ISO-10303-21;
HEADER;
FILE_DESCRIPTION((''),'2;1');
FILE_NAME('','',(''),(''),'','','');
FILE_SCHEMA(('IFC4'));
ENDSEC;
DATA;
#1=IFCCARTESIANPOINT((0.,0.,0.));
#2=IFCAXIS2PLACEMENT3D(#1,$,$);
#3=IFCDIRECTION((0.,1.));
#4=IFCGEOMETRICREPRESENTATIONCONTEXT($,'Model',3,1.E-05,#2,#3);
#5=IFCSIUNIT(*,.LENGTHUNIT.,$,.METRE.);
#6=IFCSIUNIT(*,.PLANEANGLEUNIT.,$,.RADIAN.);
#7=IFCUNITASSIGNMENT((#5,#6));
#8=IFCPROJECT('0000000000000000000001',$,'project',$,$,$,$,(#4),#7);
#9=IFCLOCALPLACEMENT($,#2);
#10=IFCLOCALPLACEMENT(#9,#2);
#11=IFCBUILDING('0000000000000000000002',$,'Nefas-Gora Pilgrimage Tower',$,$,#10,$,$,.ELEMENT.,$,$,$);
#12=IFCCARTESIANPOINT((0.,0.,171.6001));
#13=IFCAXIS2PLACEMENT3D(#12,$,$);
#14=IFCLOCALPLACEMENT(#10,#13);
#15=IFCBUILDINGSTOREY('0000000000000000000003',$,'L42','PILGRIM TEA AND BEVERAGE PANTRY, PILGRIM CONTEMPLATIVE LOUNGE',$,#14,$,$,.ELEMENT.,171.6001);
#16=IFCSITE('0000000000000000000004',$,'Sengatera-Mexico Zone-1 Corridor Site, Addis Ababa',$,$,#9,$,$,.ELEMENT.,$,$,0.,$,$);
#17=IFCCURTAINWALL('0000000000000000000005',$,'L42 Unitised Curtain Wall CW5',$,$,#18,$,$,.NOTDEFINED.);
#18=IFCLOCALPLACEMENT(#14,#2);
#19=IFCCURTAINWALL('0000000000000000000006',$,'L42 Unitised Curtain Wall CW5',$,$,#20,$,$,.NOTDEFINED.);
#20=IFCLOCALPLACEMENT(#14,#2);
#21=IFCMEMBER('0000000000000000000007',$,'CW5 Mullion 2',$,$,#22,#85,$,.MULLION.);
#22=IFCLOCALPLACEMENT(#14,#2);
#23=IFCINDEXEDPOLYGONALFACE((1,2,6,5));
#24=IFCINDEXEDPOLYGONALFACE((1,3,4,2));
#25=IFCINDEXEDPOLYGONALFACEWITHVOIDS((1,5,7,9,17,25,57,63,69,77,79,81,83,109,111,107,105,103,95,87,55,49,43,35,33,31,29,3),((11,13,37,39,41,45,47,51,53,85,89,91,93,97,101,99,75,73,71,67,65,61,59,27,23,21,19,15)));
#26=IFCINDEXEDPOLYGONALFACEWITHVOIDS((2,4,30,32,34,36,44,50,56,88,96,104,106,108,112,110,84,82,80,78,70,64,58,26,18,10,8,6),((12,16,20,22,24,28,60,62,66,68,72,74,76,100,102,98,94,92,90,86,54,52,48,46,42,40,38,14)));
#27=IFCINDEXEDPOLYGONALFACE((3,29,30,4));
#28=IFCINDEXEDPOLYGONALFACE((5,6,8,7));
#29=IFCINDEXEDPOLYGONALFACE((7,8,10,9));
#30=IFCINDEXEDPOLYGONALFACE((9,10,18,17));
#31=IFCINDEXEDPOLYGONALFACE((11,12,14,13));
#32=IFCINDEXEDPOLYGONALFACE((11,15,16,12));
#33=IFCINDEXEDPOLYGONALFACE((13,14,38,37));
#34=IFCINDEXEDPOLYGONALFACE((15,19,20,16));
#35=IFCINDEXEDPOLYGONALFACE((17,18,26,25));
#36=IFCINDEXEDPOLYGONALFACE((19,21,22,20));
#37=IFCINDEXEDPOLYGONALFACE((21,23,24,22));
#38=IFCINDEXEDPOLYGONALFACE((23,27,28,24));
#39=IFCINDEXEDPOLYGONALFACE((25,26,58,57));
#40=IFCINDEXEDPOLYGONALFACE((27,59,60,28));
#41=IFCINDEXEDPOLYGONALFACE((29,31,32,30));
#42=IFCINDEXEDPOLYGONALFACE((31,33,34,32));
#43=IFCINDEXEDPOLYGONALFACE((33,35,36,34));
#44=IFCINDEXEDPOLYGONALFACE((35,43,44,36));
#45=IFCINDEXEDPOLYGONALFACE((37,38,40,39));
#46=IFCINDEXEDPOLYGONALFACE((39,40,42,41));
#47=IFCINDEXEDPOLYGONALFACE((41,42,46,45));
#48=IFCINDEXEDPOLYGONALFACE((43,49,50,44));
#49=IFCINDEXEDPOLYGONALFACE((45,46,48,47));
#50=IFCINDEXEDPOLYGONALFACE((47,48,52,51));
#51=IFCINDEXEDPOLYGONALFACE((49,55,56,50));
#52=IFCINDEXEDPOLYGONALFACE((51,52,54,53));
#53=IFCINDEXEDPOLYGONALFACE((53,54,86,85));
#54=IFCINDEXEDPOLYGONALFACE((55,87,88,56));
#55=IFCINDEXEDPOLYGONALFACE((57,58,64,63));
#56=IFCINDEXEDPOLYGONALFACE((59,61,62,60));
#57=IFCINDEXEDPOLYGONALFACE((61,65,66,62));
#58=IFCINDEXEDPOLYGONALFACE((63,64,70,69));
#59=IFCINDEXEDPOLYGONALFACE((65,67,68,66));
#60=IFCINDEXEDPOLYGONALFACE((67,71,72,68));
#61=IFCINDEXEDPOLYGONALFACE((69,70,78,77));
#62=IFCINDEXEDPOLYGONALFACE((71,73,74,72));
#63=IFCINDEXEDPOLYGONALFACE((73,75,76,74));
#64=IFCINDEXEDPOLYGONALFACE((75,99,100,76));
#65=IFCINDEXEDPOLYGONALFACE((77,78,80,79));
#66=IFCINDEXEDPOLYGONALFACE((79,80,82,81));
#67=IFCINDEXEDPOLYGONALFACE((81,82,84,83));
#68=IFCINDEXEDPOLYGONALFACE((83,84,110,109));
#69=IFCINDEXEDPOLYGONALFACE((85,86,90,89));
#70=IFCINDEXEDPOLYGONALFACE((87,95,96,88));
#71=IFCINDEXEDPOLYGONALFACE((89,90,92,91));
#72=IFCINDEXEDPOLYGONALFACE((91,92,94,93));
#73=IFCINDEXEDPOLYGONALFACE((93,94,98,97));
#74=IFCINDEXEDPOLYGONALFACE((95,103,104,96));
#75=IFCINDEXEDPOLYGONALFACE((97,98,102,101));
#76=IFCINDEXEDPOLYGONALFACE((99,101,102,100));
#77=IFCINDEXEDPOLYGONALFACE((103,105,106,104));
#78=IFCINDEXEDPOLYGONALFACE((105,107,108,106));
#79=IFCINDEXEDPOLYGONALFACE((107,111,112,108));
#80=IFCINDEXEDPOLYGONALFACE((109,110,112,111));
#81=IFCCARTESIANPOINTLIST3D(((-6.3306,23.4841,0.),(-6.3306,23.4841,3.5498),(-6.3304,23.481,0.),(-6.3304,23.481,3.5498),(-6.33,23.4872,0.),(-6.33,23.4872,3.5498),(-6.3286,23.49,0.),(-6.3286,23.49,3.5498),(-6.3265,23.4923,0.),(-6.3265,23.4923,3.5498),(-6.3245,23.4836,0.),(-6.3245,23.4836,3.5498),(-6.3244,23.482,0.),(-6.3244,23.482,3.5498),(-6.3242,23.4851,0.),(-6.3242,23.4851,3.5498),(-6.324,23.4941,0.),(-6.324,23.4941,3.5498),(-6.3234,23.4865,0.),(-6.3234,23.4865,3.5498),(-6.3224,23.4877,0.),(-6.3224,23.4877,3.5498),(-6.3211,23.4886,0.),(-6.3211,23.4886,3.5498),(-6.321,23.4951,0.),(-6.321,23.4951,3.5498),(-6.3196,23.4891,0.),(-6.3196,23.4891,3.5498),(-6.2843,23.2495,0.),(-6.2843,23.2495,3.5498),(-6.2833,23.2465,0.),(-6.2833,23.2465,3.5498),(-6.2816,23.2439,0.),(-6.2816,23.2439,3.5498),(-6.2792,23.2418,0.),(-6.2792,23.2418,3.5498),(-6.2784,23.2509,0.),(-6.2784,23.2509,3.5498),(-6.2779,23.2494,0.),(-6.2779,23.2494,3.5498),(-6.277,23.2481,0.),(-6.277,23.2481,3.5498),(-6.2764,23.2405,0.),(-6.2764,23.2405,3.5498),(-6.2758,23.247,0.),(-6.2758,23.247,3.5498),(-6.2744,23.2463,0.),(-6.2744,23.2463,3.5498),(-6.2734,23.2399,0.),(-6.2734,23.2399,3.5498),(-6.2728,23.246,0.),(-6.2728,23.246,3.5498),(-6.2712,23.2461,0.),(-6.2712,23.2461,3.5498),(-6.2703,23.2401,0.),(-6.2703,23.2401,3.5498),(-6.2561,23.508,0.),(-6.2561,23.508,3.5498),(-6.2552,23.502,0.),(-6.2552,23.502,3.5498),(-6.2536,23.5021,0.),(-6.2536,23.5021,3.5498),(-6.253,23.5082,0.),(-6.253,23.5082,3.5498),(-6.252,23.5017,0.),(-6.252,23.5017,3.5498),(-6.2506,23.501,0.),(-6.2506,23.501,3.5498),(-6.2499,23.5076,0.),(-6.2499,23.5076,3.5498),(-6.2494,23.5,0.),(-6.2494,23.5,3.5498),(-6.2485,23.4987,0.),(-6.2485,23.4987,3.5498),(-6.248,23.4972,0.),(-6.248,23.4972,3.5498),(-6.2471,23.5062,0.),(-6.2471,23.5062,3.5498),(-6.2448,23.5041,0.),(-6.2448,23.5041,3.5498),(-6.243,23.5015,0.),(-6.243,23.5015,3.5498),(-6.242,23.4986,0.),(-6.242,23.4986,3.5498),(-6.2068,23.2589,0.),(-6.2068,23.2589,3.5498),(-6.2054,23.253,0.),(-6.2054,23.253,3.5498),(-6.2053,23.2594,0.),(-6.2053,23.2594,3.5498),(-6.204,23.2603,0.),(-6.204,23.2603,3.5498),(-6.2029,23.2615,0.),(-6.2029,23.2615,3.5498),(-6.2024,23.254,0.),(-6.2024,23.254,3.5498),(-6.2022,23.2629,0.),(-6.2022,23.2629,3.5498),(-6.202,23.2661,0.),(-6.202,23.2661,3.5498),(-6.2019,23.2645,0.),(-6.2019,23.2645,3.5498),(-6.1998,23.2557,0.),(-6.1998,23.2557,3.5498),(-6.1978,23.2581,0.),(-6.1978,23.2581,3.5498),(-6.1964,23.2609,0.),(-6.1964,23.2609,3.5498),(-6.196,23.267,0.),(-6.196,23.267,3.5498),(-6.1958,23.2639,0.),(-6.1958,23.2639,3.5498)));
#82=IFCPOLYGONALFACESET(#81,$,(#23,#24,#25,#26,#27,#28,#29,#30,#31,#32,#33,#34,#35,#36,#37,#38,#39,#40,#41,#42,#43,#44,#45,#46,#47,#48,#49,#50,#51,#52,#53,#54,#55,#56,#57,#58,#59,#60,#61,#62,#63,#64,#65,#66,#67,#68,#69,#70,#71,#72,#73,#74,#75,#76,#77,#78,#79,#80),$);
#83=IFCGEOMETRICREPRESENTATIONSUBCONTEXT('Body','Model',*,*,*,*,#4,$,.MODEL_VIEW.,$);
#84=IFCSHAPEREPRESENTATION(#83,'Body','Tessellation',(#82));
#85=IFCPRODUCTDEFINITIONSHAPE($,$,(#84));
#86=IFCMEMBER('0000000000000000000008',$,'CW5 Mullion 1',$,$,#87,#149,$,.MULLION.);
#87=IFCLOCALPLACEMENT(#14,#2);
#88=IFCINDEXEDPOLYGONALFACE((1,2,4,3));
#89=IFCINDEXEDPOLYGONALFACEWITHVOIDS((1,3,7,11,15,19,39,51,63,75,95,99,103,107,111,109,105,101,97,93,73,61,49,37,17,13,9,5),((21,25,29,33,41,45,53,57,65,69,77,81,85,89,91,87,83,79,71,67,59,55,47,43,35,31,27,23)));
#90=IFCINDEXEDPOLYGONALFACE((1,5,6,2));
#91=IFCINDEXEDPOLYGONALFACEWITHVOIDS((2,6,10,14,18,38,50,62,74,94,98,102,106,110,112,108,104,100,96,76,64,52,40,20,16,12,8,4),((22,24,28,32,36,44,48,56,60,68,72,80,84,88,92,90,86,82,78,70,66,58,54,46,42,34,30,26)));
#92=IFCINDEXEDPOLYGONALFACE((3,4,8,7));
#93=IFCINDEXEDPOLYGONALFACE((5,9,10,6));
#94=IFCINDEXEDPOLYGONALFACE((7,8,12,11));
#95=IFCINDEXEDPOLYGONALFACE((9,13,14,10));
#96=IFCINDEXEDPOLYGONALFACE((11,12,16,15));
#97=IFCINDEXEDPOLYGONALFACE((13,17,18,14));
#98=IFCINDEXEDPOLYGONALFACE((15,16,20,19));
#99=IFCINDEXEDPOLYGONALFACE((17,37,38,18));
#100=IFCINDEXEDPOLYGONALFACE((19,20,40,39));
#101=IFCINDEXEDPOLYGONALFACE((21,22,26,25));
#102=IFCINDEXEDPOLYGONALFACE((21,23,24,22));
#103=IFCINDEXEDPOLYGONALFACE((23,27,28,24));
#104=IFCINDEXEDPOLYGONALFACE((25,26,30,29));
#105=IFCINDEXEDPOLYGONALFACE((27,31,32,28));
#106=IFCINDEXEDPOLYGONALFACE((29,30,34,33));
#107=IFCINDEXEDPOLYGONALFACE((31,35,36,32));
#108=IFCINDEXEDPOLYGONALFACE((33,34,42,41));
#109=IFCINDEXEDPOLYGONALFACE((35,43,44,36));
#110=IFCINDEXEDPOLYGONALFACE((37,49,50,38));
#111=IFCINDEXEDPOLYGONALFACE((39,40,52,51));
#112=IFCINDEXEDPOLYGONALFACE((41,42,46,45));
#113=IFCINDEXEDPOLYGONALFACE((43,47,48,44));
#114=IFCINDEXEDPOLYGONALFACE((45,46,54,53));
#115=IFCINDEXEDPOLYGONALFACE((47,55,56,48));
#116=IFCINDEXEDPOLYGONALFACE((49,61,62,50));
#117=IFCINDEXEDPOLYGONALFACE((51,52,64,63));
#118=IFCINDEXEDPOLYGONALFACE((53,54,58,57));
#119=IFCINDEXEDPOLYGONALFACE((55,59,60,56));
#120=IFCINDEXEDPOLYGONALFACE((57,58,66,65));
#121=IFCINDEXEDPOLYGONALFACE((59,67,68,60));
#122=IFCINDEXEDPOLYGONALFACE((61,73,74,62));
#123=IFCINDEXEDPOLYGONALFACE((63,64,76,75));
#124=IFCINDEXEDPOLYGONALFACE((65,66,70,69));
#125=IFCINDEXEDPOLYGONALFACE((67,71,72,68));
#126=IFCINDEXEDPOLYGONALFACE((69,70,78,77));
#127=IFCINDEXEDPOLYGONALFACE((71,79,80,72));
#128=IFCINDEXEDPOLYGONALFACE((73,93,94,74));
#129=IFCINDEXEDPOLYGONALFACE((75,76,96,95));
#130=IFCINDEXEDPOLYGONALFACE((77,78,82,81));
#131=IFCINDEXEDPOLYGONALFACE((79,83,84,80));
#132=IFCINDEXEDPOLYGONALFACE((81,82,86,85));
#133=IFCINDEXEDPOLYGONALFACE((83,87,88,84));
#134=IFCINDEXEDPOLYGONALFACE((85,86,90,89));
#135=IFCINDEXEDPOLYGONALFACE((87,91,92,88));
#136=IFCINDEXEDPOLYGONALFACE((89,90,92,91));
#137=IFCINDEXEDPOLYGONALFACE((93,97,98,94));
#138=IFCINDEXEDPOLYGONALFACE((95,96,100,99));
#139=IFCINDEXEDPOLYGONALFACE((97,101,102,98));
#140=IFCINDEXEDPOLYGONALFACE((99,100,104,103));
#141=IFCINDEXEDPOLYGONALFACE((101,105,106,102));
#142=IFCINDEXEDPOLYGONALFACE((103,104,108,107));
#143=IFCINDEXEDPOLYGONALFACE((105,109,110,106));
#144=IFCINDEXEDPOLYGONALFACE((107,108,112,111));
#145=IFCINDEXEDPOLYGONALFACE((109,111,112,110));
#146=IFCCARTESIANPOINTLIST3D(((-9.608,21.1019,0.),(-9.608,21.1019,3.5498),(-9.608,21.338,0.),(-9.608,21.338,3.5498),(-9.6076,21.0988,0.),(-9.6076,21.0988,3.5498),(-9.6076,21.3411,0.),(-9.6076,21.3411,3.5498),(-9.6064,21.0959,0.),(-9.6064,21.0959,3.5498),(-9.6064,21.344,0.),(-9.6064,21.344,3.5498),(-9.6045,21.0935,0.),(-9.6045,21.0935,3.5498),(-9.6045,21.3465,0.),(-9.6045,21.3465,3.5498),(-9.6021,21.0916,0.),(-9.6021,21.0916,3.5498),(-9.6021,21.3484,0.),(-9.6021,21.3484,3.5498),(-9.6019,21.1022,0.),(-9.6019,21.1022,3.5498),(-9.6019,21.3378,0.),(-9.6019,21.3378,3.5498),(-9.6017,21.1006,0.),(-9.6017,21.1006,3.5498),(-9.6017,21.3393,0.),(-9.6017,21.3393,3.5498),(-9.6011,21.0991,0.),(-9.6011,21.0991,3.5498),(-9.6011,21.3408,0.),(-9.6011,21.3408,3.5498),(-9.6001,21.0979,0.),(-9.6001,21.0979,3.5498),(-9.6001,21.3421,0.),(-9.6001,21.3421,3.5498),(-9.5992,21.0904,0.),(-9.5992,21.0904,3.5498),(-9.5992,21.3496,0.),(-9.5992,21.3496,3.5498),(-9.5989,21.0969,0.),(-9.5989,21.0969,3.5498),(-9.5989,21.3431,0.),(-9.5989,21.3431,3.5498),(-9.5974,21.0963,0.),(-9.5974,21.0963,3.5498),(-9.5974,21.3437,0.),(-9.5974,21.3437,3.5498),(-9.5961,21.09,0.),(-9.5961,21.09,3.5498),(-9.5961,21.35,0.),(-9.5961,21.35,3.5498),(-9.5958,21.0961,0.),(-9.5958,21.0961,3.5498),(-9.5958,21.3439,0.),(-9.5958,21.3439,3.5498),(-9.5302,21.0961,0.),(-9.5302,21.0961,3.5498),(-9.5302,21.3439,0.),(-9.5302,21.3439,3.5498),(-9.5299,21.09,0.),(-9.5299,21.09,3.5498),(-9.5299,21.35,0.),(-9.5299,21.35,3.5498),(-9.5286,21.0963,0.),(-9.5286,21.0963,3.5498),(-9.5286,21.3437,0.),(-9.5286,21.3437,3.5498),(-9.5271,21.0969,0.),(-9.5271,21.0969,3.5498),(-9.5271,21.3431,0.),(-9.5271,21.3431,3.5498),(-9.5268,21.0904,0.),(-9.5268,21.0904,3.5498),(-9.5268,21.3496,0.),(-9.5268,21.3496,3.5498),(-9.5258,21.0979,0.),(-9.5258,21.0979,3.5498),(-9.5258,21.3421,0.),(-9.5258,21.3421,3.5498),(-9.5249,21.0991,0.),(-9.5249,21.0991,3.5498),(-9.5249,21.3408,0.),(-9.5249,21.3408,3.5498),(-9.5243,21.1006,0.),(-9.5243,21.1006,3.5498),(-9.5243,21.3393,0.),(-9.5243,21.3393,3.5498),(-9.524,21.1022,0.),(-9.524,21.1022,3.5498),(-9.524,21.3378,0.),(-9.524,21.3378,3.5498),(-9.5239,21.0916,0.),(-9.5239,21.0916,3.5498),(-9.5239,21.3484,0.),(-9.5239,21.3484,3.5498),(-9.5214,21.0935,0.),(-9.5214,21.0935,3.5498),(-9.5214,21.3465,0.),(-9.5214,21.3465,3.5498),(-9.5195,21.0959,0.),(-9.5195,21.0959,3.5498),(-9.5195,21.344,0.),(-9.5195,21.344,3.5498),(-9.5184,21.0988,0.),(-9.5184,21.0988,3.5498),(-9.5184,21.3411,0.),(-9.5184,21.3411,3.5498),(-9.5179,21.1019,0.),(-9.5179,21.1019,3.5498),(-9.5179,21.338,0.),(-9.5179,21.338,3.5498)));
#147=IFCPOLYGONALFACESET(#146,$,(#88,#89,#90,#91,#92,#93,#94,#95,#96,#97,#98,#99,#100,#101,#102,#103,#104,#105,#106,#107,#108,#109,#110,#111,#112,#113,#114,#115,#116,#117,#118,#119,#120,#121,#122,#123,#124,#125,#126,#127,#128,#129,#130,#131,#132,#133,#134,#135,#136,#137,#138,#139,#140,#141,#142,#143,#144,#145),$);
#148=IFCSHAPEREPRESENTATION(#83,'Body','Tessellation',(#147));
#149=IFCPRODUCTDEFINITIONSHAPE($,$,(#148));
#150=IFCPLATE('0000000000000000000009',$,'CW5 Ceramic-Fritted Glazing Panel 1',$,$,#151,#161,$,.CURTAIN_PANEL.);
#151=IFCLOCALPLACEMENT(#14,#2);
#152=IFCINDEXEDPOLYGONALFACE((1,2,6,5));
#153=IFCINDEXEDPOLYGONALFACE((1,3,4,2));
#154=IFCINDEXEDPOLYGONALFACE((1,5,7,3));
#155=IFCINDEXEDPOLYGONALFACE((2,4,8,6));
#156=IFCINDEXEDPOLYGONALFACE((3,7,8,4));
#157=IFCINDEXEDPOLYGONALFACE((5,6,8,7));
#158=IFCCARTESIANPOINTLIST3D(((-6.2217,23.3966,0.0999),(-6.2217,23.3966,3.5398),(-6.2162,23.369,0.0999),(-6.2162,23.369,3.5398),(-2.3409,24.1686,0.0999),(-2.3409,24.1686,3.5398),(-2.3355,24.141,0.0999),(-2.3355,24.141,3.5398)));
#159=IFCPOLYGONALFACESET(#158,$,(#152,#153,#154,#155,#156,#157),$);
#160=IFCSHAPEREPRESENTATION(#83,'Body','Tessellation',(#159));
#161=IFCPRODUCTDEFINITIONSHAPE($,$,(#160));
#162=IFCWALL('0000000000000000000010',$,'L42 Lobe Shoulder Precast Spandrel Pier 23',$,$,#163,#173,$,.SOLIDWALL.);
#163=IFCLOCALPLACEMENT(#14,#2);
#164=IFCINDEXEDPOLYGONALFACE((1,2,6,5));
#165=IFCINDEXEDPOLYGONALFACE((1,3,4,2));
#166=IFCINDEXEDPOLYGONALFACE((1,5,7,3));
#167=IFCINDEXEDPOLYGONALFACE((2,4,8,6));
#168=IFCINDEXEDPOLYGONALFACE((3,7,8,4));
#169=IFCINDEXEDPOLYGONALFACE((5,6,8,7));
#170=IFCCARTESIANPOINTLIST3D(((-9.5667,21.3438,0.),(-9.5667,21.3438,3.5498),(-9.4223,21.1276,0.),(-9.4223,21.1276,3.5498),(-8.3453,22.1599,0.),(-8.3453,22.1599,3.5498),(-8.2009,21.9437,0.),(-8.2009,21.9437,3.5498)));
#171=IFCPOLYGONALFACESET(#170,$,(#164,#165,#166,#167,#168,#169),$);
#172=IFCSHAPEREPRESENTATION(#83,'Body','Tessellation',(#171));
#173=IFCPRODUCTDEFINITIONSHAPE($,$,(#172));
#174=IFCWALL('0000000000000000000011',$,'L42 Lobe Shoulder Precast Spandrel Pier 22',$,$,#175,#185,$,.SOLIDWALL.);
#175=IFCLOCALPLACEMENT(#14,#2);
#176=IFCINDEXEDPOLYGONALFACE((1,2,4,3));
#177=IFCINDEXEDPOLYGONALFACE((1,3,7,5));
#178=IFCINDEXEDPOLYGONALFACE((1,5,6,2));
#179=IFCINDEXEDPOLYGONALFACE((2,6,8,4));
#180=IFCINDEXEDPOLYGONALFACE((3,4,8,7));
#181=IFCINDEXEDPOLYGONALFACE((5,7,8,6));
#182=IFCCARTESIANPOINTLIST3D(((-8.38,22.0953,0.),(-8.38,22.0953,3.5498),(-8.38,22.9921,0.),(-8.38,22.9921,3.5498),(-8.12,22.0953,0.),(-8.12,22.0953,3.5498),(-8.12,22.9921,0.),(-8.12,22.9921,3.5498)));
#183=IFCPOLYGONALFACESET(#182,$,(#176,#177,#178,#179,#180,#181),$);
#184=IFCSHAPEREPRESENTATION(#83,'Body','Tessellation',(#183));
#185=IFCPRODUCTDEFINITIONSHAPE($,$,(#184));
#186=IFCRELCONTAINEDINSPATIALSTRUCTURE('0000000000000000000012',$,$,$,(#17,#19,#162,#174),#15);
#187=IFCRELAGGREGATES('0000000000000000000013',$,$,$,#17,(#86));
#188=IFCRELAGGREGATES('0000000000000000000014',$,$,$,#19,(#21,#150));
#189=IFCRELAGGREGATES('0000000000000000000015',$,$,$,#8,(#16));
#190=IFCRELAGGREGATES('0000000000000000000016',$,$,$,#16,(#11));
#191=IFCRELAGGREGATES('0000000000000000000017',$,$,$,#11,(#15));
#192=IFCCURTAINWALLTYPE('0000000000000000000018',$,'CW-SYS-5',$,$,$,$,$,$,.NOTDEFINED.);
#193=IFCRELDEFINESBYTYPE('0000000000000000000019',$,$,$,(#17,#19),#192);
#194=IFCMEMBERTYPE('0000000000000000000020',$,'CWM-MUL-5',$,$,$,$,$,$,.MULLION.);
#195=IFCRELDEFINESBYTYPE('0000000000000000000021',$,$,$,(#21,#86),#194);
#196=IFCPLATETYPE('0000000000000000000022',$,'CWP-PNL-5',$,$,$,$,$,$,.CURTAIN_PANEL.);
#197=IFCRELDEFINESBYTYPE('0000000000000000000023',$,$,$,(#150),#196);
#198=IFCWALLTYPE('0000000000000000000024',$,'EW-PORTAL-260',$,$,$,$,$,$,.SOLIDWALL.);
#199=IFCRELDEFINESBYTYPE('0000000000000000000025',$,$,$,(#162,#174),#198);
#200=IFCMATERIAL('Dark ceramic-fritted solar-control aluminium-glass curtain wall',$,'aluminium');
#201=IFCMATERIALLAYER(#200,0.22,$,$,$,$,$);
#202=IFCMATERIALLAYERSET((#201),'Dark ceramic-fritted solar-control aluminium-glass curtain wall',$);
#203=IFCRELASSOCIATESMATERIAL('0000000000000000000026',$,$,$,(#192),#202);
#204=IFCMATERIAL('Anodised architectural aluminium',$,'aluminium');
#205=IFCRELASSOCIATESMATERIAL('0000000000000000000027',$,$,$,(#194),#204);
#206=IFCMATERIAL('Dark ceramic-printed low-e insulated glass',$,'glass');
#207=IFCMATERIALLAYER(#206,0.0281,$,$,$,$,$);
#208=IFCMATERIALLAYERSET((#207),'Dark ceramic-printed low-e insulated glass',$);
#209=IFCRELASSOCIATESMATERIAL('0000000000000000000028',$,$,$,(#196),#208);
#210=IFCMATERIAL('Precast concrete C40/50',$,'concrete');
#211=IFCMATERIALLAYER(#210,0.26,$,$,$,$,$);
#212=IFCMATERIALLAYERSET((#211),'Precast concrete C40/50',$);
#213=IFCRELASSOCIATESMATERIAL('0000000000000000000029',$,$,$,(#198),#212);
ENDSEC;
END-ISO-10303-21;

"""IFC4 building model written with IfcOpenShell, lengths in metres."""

from ifc_helpers import new_model, si_unit, direction, frame, frame_2d, origin, origin_2d, place, context, subcontext, project, spatial, rectangle, hollow_rectangle, extrude, source, transform, mapped, material, layer, layer_set, material_profile, profile_set, type_object, element, aggregate, save


model = new_model("IFC4")

# Units and contexts
model_context = context("Model", 3, precision=1e-05, world=origin(), true_north=direction((0.0, 1.0)))
body_context = subcontext(model_context, "Body", "Model", "MODEL_VIEW")
ifc_project = project(units=[si_unit("LENGTHUNIT", "METRE"), si_unit("PLANEANGLEUNIT", "RADIAN")], contexts=[model_context])

# Site, building, storey
site_placement = place(None, origin())
site = spatial("IfcSite", under=ifc_project, at=site_placement, Name="Sengatera-Mexico Zone-1 Corridor Site, Addis Ababa", CompositionType="ELEMENT", RefElevation=0.0)
building_placement = place(site_placement, origin())
building = spatial("IfcBuilding", under=site, at=building_placement, Name="Nefas-Gora Pilgrimage Tower", CompositionType="ELEMENT")
storey_placement = place(building_placement, frame((0.0, 0.0, 171.6001)))
storey = spatial("IfcBuildingStorey", under=building, at=storey_placement, Name="L42", Description="PILGRIM TEA AND BEVERAGE PANTRY, PILGRIM CONTEMPLATIVE LOUNGE", CompositionType="ELEMENT", Elevation=171.6001)

# Curtain wall
ifc_material_1 = material(Name="Dark ceramic-fritted solar-control aluminium-glass curtain wall", Category="aluminium")
ifc_layer_1 = layer(ifc_material_1, 0.22)
ifc_layer_set_1 = layer_set([ifc_layer_1], Name="Dark ceramic-fritted solar-control aluminium-glass curtain wall")
curtain_wall_type = type_object("IfcCurtainWallType", Name="CW-SYS-5", PredefinedType="NOTDEFINED", material=ifc_layer_set_1)
curtain_wall_1_placement = place(storey_placement, origin())
curtain_wall_1 = element("IfcCurtainWall", 1, at=curtain_wall_1_placement, inside=storey, type_object=curtain_wall_type, Name="L42 Unitised Curtain Wall CW5", PredefinedType="NOTDEFINED")
ifc_material_2 = material(Name="Anodised architectural aluminium", Category="aluminium")

# Curtain wall, member
curtain_wall_2_placement = place(storey_placement, origin())
curtain_wall_2 = element("IfcCurtainWall", 2, at=curtain_wall_2_placement, inside=storey, type_object=curtain_wall_type, Name="L42 Unitised Curtain Wall CW5", PredefinedType="NOTDEFINED")
ifc_material_profile_1 = material_profile(ifc_material_2, hollow_rectangle(XDim=0.0901, YDim=0.26, WallThickness=0.0061, InnerFilletRadius=0.0061, OuterFilletRadius=0.012, at=origin_2d()), Name="ALU MULLION 90x260")
ifc_profile_set_1 = profile_set([ifc_material_profile_1], Name="Anodised architectural aluminium")
member_type_1 = type_object("IfcMemberType", Name="CWM-MUL-5", PredefinedType="MULLION", material=ifc_profile_set_1)
shared_shape_1 = source(origin(), body_context, "Body", "SweptSolid", [
    extrude(hollow_rectangle(XDim=0.0901, YDim=0.26, WallThickness=0.0061, InnerFilletRadius=0.0061, OuterFilletRadius=0.012, at=origin_2d()), origin(), (0.0, 0.0, 1.0), 3.5498),
])
member_1_placement = place(storey_placement, frame((-6.2632, 23.374, 0.0), z_axis=(0.0, 0.0, 1.0), x_axis=(-0.980783, -0.195102, 0.0)))
member_1 = element("IfcMember", 3, at=member_1_placement, type_object=member_type_1, Name="CW5 Mullion 2", PredefinedType="MULLION", context=body_context, shape_type="MappedRepresentation", body=[
    mapped(shared_shape_1, transform((0.0, 0.0, 0.0), x_axis=(1.0, 0.0, 0.0), y_axis=(0.0, 1.0, 0.0), z_axis=(0.0, 0.0, 1.0), scale=1.0)),
])

# Member
member_2_placement = place(storey_placement, frame((-9.563, 21.22, 0.0), z_axis=(0.0, 0.0, 1.0), x_axis=(-1.0, 0.0, 0.0)))
member_2 = element("IfcMember", 4, at=member_2_placement, type_object=member_type_1, Name="CW5 Mullion 1", PredefinedType="MULLION", context=body_context, shape_type="MappedRepresentation", body=[
    mapped(shared_shape_1, transform((0.0, 0.0, 0.0), x_axis=(1.0, 0.0, 0.0), y_axis=(0.0, 1.0, 0.0), z_axis=(0.0, 0.0, 1.0), scale=1.0)),
])
aggregate(curtain_wall_1, [member_2])

# Plate
ifc_material_3 = material(Name="Dark ceramic-printed low-e insulated glass", Category="glass")
ifc_layer_2 = layer(ifc_material_3, 0.0281)
ifc_layer_set_2 = layer_set([ifc_layer_2], Name="Dark ceramic-printed low-e insulated glass")
plate_type = type_object("IfcPlateType", Name="CWP-PNL-5", PredefinedType="CURTAIN_PANEL", material=ifc_layer_set_2)
shared_shape_2 = source(origin(), body_context, "Body", "SweptSolid", [
    extrude(rectangle(XDim=3.9568, YDim=0.0281, at=origin_2d()), origin(), (0.0, 0.0, 1.0), 3.4399),
])
plate_placement = place(storey_placement, frame((-4.2786, 23.7688, 0.0999), z_axis=(0.0, 0.0, 1.0), x_axis=(-0.980783, -0.195102, 0.0)))
plate = element("IfcPlate", 5, at=plate_placement, type_object=plate_type, Name="CW5 Ceramic-Fritted Glazing Panel 1", PredefinedType="CURTAIN_PANEL", context=body_context, shape_type="MappedRepresentation", body=[
    mapped(shared_shape_2, transform((0.0, 0.0, 0.0), x_axis=(1.0, 0.0, 0.0), y_axis=(0.0, 1.0, 0.0), z_axis=(0.0, 0.0, 1.0), scale=1.0)),
])
aggregate(curtain_wall_2, [member_1, plate])

# Walls
ifc_material_4 = material(Name="Precast concrete C40/50", Category="concrete")
ifc_layer_3 = layer(ifc_material_4, 0.26)
ifc_layer_set_3 = layer_set([ifc_layer_3], Name="Precast concrete C40/50")
wall_type_1 = type_object("IfcWallType", Name="EW-PORTAL-260", PredefinedType="SOLIDWALL", material=ifc_layer_set_3)
shared_shape_3 = source(origin(), body_context, "Body", "SweptSolid", [
    extrude(rectangle(XDim=1.469, YDim=0.26, at=frame_2d((0.7344, 0.0))), origin(), (0.0, 0.0, 1.0), 3.5498),
])
wall_1_placement = place(storey_placement, frame((-8.2732, 22.0518, 0.0), z_axis=(0.0, 0.0, 1.0), x_axis=(-0.831462, -0.555582, 0.0)))
element("IfcWall", 6, at=wall_1_placement, inside=storey, type_object=wall_type_1, Name="L42 Lobe Shoulder Precast Spandrel Pier 23", PredefinedType="SOLIDWALL", context=body_context, shape_type="MappedRepresentation", body=[
    mapped(shared_shape_3, transform((0.0, 0.0, 0.0), x_axis=(1.0, 0.0, 0.0), y_axis=(0.0, 1.0, 0.0), z_axis=(0.0, 0.0, 1.0), scale=1.0)),
])
shared_shape_4 = source(origin(), body_context, "Body", "SweptSolid", [
    extrude(rectangle(XDim=0.8967, YDim=0.26, at=frame_2d((0.4482, 0.0))), origin(), (0.0, 0.0, 1.0), 3.5498),
])
wall_2_placement = place(storey_placement, frame((-8.25, 22.9919, 0.0), z_axis=(0.0, 0.0, 1.0), x_axis=(0.0, -1.0, 0.0)))
element("IfcWall", 7, at=wall_2_placement, inside=storey, type_object=wall_type_1, Name="L42 Lobe Shoulder Precast Spandrel Pier 22", PredefinedType="SOLIDWALL", context=body_context, shape_type="MappedRepresentation", body=[
    mapped(shared_shape_4, transform((0.0, 0.0, 0.0), x_axis=(1.0, 0.0, 0.0), y_axis=(0.0, 1.0, 0.0), z_axis=(0.0, 0.0, 1.0), scale=1.0)),
])

save(model, "model.ifc")
